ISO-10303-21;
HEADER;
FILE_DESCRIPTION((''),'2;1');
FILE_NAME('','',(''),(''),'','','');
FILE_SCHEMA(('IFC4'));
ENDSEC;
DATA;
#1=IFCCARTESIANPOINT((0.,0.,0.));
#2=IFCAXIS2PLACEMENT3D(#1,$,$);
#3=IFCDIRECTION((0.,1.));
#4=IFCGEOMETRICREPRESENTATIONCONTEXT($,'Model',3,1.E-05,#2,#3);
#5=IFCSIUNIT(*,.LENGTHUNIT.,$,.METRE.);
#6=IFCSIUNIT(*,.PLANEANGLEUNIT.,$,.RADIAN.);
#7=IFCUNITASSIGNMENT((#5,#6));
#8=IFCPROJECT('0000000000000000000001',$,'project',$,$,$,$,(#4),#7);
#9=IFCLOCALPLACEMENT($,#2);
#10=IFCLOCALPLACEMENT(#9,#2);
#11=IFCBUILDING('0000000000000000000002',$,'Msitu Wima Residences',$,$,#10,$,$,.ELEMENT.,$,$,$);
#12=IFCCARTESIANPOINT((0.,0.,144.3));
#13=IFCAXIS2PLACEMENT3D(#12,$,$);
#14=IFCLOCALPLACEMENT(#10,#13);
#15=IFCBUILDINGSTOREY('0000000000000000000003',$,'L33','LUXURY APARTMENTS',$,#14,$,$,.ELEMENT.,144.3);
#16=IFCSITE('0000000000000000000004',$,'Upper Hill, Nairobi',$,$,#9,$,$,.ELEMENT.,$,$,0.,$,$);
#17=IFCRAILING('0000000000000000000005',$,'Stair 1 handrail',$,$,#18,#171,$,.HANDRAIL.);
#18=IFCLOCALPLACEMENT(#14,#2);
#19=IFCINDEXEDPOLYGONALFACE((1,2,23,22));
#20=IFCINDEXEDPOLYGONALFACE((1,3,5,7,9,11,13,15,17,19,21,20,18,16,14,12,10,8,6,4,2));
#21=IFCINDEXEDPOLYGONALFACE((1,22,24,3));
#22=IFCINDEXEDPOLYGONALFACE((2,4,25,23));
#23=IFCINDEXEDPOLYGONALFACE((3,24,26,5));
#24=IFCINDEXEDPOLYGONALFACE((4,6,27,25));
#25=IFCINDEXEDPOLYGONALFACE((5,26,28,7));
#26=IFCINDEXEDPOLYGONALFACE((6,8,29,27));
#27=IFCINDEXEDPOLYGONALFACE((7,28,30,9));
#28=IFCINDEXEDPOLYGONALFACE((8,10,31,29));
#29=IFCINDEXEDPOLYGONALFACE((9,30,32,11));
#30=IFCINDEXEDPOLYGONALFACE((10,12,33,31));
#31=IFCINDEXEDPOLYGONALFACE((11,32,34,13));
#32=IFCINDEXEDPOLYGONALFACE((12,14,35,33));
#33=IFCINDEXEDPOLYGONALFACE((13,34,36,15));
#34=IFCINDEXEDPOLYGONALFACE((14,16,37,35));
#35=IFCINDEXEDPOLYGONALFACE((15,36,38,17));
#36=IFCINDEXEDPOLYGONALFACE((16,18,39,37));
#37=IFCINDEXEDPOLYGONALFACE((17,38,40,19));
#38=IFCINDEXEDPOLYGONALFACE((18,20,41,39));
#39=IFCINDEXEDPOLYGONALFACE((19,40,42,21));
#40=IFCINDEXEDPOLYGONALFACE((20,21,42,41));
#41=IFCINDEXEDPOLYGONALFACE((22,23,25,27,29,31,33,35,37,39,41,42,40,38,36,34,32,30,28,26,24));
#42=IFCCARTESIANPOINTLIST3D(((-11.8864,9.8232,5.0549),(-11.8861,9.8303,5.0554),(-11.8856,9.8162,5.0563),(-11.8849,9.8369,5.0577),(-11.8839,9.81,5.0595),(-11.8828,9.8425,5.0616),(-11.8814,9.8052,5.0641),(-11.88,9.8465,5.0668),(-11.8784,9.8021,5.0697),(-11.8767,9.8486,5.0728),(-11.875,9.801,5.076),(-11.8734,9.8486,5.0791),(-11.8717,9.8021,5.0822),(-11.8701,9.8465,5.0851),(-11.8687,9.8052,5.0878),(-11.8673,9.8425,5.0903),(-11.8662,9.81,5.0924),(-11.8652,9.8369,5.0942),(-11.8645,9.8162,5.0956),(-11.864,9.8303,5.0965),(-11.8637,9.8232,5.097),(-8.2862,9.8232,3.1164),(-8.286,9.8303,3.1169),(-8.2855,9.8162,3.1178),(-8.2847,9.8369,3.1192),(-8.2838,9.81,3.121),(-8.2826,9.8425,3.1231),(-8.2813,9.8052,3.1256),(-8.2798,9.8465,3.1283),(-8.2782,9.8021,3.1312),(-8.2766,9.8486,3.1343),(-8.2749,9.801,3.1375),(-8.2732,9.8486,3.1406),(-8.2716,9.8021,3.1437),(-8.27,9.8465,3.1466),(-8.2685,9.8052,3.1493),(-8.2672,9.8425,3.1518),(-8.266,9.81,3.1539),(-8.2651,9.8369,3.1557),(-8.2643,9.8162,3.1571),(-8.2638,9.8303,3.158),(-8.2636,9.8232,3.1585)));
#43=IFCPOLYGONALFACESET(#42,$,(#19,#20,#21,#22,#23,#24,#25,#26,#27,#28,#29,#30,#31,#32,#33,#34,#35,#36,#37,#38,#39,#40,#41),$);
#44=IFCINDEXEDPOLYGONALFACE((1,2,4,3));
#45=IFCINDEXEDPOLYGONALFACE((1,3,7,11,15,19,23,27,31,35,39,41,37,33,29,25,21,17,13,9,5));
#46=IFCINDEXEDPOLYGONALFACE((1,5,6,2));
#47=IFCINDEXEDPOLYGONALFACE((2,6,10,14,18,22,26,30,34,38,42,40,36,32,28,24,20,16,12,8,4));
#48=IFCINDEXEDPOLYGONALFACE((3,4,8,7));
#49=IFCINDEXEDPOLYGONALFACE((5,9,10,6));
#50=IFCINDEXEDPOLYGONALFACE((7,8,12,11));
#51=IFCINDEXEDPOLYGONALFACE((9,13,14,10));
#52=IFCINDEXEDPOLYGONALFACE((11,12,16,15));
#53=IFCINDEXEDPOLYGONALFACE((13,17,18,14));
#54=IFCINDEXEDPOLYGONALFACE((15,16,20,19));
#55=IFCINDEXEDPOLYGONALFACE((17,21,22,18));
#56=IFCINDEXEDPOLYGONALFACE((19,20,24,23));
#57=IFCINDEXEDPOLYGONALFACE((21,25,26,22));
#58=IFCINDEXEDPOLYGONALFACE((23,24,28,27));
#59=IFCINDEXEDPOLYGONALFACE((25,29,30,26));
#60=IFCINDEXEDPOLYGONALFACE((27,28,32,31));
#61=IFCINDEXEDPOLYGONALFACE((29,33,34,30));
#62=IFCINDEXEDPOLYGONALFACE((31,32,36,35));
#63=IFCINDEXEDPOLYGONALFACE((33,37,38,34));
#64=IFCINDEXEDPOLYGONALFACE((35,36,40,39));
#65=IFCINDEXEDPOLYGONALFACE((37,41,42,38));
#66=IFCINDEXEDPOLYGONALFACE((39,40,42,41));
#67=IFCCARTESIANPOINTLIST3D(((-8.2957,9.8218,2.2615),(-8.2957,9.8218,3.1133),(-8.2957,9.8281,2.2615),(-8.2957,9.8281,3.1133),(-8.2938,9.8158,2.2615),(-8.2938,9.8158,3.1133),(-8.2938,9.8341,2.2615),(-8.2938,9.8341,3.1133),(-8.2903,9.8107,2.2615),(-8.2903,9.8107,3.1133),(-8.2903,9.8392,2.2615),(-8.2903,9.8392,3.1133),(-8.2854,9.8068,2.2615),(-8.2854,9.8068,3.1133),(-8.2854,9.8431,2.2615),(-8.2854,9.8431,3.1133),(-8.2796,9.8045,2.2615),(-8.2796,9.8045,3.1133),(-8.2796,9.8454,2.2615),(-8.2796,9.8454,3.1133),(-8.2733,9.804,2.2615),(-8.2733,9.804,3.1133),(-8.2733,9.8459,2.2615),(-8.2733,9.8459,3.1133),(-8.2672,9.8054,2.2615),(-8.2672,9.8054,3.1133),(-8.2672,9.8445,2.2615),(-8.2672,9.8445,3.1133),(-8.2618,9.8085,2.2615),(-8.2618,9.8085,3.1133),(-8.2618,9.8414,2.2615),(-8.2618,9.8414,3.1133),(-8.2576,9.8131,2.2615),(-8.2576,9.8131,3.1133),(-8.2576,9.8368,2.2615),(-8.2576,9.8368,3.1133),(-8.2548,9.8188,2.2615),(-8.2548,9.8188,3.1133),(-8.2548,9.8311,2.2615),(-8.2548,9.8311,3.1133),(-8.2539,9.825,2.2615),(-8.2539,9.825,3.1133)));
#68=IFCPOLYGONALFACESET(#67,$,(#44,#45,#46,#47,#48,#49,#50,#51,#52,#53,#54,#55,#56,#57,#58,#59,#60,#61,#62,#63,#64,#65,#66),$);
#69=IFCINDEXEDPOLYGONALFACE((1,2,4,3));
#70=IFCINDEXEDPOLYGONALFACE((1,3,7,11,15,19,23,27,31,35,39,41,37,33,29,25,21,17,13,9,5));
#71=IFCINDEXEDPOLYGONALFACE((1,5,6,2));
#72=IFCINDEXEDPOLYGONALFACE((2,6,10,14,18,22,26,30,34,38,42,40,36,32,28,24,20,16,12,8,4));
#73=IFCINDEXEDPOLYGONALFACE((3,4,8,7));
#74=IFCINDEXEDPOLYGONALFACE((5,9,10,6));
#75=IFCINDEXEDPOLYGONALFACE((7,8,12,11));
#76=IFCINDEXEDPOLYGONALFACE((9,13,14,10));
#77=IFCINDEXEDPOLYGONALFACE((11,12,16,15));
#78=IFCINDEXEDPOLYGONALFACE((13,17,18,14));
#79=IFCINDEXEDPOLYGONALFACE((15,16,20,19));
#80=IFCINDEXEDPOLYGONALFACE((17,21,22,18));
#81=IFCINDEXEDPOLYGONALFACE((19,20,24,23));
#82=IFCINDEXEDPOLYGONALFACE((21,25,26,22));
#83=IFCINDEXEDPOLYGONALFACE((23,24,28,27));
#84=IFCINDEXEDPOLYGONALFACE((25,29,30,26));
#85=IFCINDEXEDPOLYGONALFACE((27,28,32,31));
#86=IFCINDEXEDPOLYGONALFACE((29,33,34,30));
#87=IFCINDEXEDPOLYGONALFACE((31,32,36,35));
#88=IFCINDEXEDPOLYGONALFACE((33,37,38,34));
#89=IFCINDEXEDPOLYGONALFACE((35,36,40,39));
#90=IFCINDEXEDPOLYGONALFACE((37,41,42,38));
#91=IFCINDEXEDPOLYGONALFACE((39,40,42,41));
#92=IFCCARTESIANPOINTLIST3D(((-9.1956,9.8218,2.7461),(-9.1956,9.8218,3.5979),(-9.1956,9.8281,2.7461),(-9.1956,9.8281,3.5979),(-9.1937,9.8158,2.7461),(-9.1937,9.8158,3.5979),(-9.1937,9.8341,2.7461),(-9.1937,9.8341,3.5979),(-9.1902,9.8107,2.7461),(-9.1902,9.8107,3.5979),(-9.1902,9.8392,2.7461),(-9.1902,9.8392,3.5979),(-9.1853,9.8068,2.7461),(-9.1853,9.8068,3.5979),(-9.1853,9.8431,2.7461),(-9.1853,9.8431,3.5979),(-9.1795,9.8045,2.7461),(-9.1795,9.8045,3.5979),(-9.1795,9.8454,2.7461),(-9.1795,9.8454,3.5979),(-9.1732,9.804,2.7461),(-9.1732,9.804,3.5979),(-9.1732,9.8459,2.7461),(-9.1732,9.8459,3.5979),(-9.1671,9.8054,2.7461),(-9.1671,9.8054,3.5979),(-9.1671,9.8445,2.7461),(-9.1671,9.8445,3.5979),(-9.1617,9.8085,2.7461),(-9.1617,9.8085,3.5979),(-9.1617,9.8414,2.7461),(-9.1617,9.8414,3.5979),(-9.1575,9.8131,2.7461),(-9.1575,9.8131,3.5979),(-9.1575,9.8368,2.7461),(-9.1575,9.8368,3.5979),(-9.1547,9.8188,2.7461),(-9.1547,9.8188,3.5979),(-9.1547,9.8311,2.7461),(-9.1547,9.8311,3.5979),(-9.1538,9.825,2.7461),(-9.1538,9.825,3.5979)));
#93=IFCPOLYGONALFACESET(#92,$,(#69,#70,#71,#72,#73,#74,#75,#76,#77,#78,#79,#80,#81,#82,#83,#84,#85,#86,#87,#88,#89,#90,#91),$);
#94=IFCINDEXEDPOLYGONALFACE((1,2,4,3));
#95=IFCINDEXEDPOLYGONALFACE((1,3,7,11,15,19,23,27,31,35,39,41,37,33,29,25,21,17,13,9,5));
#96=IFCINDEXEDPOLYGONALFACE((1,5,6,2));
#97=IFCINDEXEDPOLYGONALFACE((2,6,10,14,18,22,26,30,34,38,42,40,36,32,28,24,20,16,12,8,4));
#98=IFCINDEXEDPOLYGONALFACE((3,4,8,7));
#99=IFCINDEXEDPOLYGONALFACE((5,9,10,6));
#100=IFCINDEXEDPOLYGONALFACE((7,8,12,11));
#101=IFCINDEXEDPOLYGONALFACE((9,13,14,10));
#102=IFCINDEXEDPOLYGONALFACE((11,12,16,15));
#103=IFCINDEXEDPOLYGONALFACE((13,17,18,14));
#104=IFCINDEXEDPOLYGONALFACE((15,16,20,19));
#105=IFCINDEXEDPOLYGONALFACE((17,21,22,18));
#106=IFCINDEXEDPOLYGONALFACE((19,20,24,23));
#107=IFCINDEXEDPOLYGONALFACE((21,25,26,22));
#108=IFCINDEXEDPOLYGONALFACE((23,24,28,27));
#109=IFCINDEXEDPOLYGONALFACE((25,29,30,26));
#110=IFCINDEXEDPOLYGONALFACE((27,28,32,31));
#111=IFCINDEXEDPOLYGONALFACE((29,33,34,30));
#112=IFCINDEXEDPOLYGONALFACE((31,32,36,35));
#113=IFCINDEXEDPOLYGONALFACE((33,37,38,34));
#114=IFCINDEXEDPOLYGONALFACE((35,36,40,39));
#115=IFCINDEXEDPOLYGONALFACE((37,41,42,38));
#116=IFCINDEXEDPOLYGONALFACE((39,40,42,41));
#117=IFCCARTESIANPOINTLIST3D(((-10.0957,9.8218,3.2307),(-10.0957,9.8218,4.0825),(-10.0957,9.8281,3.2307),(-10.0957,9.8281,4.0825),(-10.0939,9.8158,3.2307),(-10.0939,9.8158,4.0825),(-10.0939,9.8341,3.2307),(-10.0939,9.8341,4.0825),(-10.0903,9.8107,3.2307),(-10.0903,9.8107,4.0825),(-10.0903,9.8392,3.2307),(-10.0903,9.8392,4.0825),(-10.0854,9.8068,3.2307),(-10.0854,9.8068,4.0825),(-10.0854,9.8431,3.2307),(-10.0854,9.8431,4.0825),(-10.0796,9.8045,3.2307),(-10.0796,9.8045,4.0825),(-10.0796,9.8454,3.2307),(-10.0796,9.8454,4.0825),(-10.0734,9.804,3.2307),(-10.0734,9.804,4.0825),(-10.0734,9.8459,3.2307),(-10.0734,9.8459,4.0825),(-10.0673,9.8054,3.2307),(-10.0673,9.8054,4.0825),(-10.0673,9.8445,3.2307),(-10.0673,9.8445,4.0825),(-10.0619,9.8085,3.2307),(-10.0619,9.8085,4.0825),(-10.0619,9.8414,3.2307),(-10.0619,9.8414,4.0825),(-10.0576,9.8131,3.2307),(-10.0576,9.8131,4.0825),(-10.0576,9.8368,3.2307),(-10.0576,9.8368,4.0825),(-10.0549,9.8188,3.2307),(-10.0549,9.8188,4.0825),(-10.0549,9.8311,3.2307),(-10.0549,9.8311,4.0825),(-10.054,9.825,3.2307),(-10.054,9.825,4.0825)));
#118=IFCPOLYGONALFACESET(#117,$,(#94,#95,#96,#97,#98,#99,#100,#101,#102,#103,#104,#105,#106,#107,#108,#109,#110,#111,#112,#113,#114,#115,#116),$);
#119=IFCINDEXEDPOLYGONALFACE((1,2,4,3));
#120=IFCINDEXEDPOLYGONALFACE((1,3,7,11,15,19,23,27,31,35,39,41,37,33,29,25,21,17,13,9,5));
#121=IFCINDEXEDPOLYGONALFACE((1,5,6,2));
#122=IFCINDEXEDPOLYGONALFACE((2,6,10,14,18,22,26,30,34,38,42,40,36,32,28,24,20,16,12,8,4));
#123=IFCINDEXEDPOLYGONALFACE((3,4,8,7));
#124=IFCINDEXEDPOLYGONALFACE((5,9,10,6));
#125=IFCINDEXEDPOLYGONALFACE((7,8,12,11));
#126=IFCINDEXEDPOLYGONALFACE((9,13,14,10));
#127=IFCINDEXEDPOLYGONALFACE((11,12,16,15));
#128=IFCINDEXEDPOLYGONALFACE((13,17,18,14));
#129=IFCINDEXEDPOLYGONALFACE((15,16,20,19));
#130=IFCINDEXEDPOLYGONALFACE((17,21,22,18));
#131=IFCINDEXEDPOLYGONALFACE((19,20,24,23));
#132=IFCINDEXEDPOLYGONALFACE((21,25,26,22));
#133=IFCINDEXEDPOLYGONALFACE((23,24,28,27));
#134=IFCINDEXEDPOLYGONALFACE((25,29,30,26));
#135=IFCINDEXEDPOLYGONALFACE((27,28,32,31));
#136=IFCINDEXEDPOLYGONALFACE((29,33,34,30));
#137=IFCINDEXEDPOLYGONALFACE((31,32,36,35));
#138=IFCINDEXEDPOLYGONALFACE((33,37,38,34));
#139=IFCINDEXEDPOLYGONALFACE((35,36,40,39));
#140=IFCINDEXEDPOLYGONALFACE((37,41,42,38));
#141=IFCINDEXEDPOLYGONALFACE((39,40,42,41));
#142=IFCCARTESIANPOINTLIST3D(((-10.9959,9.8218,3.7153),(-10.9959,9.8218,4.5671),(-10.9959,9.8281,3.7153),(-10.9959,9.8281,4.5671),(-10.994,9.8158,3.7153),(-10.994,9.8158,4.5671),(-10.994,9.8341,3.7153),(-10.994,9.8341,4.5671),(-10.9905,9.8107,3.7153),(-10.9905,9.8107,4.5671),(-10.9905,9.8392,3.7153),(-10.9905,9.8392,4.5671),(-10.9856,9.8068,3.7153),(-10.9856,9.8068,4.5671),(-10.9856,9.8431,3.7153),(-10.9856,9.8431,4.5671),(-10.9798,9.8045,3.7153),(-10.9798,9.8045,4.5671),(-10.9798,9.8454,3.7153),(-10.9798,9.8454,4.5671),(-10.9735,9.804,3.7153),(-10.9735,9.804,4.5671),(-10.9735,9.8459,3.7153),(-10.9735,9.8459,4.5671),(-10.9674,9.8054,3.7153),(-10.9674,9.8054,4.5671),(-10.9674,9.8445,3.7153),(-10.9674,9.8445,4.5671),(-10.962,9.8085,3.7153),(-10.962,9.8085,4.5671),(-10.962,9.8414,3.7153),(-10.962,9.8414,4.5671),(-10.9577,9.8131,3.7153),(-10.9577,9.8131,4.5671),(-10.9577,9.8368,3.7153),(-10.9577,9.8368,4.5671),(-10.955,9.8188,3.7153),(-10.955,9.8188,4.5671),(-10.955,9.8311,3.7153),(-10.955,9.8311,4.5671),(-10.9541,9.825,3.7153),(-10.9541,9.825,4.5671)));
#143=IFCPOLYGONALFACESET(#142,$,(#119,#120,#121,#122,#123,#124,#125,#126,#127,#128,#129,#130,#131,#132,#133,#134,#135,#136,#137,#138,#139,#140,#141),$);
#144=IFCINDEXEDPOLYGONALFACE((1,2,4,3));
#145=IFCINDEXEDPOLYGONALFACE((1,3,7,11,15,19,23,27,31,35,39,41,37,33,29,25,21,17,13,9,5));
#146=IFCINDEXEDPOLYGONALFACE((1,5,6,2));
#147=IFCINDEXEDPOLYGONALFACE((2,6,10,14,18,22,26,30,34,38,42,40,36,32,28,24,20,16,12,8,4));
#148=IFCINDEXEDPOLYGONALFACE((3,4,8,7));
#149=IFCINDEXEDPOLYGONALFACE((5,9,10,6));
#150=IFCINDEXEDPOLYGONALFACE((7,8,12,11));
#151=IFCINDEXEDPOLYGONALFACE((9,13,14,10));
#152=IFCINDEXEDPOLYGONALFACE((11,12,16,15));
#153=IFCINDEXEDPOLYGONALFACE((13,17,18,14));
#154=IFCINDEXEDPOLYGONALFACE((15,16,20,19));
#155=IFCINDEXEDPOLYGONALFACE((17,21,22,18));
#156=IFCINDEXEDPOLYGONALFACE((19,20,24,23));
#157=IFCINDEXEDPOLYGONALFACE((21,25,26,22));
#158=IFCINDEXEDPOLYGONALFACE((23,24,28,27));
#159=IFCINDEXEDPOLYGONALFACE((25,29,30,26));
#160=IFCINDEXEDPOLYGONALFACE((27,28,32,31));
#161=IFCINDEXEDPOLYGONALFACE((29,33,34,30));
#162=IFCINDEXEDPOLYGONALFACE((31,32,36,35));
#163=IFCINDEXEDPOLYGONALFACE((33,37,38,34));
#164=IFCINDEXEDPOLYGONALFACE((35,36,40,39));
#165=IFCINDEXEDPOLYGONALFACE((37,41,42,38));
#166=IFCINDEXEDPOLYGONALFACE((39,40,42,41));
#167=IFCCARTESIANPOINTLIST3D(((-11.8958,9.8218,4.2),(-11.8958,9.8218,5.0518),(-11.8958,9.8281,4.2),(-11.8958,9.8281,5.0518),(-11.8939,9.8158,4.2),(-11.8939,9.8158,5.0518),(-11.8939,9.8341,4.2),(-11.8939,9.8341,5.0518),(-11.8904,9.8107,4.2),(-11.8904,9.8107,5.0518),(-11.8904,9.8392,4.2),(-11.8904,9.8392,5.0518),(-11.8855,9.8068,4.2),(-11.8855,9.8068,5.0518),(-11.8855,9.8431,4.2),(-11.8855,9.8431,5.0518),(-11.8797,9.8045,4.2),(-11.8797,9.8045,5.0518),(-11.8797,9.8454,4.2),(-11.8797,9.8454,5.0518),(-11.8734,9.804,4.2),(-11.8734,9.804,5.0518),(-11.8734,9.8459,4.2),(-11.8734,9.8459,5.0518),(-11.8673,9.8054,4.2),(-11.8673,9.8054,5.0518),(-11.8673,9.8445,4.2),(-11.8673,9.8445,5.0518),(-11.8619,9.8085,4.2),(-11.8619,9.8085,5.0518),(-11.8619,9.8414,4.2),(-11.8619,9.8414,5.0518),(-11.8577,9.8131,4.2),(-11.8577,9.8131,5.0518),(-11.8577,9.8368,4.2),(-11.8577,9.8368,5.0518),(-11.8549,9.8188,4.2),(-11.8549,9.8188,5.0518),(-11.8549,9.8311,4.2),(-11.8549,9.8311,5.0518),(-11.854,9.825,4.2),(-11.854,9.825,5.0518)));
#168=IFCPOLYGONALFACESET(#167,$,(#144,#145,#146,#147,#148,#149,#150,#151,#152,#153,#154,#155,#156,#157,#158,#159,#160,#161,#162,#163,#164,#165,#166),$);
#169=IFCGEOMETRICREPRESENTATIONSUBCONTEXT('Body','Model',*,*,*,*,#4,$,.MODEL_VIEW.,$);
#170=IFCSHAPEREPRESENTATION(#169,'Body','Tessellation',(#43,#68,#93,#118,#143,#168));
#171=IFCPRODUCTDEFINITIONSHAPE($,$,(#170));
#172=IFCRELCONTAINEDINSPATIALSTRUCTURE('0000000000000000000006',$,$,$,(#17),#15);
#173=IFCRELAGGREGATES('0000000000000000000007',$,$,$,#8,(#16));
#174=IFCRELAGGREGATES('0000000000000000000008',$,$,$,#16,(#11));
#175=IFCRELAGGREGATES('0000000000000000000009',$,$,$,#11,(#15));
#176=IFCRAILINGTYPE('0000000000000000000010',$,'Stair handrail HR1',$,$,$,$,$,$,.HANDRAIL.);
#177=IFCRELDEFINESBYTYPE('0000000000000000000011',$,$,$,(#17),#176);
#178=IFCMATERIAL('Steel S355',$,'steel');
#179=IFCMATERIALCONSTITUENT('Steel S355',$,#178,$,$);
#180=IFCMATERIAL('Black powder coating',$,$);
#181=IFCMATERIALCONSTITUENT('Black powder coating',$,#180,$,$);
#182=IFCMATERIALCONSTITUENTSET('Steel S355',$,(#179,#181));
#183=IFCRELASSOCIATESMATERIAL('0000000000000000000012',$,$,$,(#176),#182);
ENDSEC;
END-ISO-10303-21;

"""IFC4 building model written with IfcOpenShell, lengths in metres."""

from ifc_helpers import new_model, si_unit, direction, frame, origin, origin_2d, place, context, subcontext, project, spatial, circle, extrude, material, constituent, constituent_set, type_object, element, save


model = new_model("IFC4")

# Units and contexts
model_context = context("Model", 3, precision=1e-05, world=origin(), true_north=direction((0.0, 1.0)))
body_context = subcontext(model_context, "Body", "Model", "MODEL_VIEW")
ifc_project = project(units=[si_unit("LENGTHUNIT", "METRE"), si_unit("PLANEANGLEUNIT", "RADIAN")], contexts=[model_context])

# Site, building, storey
site_placement = place(None, origin())
site = spatial("IfcSite", under=ifc_project, at=site_placement, Name="Upper Hill, Nairobi", CompositionType="ELEMENT", RefElevation=0.0)
building_placement = place(site_placement, origin())
building = spatial("IfcBuilding", under=site, at=building_placement, Name="Msitu Wima Residences", CompositionType="ELEMENT")
storey_placement = place(building_placement, frame((0.0, 0.0, 144.3)))
storey = spatial("IfcBuildingStorey", under=building, at=storey_placement, Name="L33", Description="LUXURY APARTMENTS", CompositionType="ELEMENT", Elevation=144.3)

# Railing
ifc_material_1 = material(Name="Steel S355", Category="steel")
ifc_constituent_1 = constituent(ifc_material_1, Name="Steel S355")
ifc_material_2 = material(Name="Black powder coating")
ifc_constituent_2 = constituent(ifc_material_2, Name="Black powder coating")
ifc_constituent_set = constituent_set(constituents=[ifc_constituent_1, ifc_constituent_2], Name="Steel S355")
railing_type = type_object("IfcRailingType", Name="Stair handrail HR1", PredefinedType="HANDRAIL", material=ifc_constituent_set)
railing_placement = place(storey_placement, frame((-8.2749, 9.825, 2.2615)))
element("IfcRailing", 1, at=railing_placement, inside=storey, type_object=railing_type, Name="Stair 1 handrail", PredefinedType="HANDRAIL", context=body_context, shape_type="SweptSolid", body=[
    extrude(circle(Radius=0.0239, at=origin_2d()), frame((0.0, 0.0, 0.876), z_axis=(-0.880475, 0.0, 0.474093), x_axis=(0.0, -1.0, 0.0)), (0.0, 0.0, 1.0), 4.0889),
    extrude(circle(Radius=0.021, at=origin_2d()), origin(), (0.0, 0.0, 1.0), 0.8518),
    extrude(circle(Radius=0.021, at=origin_2d()), frame((-0.8999, 0.0, 0.4846)), (0.0, 0.0, 1.0), 0.8518),
    extrude(circle(Radius=0.021, at=origin_2d()), frame((-1.8, 0.0, 0.9692)), (0.0, 0.0, 1.0), 0.8518),
    extrude(circle(Radius=0.021, at=origin_2d()), frame((-2.7002, 0.0, 1.4539)), (0.0, 0.0, 1.0), 0.8518),
    extrude(circle(Radius=0.021, at=origin_2d()), frame((-3.6001, 0.0, 1.9385)), (0.0, 0.0, 1.0), 0.8518),
])

save(model, "model.ifc")
